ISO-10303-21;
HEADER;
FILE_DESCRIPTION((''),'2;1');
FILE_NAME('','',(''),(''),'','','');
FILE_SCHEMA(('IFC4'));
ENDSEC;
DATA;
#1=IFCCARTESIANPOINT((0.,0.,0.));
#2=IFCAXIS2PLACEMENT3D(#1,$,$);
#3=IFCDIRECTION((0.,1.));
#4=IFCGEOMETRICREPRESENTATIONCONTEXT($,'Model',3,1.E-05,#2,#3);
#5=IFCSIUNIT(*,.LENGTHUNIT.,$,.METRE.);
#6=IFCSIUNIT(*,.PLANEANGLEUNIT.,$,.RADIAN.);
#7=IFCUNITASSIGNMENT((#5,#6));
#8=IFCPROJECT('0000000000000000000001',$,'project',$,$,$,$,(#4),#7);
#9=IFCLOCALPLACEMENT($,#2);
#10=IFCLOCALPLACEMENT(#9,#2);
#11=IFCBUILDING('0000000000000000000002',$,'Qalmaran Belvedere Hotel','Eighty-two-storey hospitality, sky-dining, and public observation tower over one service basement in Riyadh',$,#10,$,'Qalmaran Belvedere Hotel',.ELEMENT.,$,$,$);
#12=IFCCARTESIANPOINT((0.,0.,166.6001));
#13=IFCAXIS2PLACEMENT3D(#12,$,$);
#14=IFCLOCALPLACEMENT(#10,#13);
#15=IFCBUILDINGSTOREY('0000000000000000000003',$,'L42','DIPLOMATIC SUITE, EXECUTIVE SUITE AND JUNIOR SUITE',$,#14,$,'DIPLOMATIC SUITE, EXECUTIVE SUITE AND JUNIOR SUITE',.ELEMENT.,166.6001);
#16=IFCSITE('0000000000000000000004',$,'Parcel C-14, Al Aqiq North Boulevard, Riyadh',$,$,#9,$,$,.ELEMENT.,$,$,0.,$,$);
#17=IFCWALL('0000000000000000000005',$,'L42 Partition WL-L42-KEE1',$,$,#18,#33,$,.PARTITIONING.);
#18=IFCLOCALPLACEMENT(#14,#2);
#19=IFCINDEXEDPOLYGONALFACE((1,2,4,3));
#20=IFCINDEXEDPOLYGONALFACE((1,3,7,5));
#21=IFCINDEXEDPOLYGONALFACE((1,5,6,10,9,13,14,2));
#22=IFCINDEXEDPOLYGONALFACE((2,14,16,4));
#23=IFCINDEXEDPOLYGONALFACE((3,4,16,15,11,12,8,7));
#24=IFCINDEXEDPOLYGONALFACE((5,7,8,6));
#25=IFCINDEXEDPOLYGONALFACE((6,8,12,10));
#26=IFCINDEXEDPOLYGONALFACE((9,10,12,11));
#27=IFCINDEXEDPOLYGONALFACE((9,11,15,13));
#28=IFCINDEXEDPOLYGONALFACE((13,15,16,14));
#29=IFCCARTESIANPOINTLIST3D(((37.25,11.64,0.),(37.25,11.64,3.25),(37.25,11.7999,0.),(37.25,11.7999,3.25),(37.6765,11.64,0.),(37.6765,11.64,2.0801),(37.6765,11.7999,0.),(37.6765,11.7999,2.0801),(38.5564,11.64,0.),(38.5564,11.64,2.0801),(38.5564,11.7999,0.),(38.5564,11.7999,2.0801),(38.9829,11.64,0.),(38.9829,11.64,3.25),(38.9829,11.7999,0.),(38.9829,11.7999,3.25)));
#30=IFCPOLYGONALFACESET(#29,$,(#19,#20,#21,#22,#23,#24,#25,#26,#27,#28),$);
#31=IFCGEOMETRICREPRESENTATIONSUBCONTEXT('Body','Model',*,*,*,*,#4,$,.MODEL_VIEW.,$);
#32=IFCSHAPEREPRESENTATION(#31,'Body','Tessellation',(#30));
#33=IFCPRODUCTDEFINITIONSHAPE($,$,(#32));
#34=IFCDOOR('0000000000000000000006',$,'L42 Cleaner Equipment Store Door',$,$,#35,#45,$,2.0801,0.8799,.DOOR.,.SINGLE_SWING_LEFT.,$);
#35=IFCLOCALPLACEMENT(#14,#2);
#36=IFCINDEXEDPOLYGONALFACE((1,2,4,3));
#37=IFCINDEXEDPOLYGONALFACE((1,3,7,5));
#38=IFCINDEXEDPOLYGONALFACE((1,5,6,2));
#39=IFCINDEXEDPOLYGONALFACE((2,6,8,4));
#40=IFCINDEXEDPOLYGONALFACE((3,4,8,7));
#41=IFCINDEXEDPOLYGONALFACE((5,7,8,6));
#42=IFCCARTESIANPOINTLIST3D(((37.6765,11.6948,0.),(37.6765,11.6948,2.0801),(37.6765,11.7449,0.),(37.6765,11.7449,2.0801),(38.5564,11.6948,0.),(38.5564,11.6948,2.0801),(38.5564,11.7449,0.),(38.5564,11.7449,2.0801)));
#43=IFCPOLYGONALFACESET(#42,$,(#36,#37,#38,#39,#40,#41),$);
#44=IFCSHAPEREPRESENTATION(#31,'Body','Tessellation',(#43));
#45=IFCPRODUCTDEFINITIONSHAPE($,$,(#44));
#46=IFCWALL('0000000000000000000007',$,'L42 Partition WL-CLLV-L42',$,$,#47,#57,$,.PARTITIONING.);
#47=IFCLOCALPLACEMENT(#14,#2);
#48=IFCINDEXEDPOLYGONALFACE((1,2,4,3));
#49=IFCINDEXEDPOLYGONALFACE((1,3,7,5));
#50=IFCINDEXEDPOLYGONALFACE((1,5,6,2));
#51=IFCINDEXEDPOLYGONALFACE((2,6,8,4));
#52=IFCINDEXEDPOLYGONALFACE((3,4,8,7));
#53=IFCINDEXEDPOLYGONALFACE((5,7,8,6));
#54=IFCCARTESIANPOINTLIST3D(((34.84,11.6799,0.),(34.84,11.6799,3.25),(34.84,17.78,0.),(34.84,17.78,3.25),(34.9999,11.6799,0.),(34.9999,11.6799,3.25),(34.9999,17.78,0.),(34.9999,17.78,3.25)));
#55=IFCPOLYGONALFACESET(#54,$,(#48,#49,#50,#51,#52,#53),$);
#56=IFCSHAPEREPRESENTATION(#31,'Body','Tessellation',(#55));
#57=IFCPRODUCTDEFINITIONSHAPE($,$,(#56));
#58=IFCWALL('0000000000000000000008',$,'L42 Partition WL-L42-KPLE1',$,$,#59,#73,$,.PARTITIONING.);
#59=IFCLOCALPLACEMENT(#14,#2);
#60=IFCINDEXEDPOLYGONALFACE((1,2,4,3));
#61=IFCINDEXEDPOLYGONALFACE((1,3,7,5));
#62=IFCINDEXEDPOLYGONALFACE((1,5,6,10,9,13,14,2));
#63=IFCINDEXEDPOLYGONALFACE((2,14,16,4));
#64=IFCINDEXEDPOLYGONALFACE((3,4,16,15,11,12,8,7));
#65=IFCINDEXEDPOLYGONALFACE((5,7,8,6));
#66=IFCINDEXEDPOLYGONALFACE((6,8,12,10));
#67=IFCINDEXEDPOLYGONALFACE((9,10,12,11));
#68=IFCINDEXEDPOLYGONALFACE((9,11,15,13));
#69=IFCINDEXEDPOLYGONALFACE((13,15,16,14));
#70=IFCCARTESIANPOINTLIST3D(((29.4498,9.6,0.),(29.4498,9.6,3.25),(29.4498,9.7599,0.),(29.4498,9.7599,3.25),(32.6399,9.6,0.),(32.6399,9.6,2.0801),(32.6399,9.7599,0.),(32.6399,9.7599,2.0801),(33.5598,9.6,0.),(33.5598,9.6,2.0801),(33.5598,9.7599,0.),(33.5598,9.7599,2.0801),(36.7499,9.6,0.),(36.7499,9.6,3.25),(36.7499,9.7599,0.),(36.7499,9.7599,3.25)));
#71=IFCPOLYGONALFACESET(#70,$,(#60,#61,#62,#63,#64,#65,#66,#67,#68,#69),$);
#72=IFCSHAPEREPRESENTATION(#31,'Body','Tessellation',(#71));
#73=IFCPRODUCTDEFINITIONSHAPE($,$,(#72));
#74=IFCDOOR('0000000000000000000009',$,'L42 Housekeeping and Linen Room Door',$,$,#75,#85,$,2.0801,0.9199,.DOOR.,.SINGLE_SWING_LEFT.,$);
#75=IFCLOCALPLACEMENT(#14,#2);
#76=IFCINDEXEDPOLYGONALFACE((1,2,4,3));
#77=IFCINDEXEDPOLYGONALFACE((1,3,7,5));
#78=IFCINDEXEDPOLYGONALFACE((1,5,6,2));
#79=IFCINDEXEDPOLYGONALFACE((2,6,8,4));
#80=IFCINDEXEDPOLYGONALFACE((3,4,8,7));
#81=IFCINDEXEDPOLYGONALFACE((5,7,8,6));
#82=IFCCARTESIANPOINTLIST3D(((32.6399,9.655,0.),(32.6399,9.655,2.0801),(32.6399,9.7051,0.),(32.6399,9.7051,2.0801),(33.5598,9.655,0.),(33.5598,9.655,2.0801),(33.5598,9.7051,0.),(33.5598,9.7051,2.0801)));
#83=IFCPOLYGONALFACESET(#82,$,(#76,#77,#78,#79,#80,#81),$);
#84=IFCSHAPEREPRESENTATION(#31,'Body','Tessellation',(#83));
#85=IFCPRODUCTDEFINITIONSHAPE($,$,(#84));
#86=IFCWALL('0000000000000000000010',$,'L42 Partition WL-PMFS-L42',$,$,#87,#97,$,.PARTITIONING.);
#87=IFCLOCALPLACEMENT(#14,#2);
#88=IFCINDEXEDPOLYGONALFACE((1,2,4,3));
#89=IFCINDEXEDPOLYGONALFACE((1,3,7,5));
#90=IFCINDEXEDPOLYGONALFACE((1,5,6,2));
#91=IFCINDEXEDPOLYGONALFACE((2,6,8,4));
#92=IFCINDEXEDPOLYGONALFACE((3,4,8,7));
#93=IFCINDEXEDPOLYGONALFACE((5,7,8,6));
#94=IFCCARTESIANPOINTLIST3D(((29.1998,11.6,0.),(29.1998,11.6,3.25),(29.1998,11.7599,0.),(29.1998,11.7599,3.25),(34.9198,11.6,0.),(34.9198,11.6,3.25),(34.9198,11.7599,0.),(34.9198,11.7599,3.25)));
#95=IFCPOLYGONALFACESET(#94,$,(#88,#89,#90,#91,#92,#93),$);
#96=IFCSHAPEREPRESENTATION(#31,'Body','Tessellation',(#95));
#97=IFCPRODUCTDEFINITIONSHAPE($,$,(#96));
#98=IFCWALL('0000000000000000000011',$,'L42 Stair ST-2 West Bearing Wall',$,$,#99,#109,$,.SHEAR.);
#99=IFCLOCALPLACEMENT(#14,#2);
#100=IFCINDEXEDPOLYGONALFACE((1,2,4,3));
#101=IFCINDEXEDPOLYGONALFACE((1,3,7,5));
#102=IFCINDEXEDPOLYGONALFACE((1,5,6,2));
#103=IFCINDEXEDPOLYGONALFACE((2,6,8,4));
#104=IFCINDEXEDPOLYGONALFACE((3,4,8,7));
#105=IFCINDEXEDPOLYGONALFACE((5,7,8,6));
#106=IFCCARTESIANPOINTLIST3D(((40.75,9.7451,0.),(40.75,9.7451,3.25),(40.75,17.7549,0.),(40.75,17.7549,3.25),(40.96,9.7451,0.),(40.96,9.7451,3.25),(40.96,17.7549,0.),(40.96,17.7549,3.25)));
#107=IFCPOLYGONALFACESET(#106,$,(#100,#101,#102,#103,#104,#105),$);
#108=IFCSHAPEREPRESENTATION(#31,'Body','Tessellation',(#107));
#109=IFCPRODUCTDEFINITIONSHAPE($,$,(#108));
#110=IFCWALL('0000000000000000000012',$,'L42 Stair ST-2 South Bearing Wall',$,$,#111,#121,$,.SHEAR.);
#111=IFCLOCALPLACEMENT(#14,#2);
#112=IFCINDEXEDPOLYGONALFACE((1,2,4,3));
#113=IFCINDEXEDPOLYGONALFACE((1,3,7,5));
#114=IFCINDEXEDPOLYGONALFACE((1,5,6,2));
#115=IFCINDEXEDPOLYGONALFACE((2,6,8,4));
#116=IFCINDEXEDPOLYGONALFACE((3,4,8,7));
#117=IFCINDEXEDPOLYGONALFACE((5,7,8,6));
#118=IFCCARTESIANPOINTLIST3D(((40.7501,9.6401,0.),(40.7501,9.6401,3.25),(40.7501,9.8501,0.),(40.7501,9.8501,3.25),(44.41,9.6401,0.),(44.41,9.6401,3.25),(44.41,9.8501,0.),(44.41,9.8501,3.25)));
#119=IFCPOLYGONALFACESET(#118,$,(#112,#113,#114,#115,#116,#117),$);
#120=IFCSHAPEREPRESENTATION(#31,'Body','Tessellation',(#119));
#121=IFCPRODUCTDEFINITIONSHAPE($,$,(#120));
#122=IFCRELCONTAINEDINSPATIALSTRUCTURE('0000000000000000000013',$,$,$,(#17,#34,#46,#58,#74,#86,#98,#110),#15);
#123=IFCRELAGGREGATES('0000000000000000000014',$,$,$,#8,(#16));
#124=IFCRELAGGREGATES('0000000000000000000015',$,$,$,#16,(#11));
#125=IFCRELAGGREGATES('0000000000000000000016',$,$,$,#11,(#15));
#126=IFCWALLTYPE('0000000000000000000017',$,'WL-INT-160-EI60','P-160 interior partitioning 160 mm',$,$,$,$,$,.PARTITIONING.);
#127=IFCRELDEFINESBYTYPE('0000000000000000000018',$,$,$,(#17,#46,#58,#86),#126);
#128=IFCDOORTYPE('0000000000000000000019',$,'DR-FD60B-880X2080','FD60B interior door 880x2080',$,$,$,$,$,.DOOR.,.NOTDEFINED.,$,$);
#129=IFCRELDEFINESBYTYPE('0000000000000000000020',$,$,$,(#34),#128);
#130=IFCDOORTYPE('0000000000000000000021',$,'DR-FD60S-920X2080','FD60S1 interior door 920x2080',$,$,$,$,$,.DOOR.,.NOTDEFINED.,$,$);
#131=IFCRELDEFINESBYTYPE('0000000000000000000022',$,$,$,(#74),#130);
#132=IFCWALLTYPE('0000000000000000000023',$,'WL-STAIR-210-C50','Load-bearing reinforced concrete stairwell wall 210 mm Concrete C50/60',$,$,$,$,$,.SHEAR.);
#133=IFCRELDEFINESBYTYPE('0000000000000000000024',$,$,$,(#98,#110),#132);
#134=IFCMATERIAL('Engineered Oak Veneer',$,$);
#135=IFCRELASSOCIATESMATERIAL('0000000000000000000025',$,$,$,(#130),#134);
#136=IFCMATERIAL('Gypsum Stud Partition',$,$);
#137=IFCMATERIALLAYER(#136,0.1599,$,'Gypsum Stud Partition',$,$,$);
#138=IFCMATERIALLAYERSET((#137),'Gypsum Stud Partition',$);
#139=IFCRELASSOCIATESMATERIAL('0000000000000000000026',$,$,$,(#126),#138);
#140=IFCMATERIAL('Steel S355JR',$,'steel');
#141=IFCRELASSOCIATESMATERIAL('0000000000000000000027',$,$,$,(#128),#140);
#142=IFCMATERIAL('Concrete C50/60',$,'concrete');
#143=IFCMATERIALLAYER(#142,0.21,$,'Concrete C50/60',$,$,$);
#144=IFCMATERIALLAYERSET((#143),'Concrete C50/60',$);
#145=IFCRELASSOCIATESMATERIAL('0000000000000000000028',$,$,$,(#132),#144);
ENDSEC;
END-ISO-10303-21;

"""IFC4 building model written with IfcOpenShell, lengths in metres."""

from ifc_helpers import new_model, si_unit, direction, frame, frame_2d, origin, place, context, subcontext, project, spatial, rectangle, extrude, material, layer, layer_set, type_object, element, fill, save


model = new_model("IFC4")

# Units and contexts
model_context = context("Model", 3, precision=1e-05, world=origin(), true_north=direction((0.0, 1.0)))
body_context = subcontext(model_context, "Body", "Model", "MODEL_VIEW")
ifc_project = project(units=[si_unit("LENGTHUNIT", "METRE"), si_unit("PLANEANGLEUNIT", "RADIAN")], contexts=[model_context])

# Site, building, storey
site_placement = place(None, origin())
site = spatial("IfcSite", under=ifc_project, at=site_placement, Name="Parcel C-14, Al Aqiq North Boulevard, Riyadh", CompositionType="ELEMENT", RefElevation=0.0)
building_placement = place(site_placement, origin())
building = spatial("IfcBuilding", under=site, at=building_placement, Name="Qalmaran Belvedere Hotel", Description="Eighty-two-storey hospitality, sky-dining, and public observation tower over one service basement in Riyadh", LongName="Qalmaran Belvedere Hotel", CompositionType="ELEMENT")
storey_placement = place(building_placement, frame((0.0, 0.0, 166.6001)))
storey = spatial("IfcBuildingStorey", under=building, at=storey_placement, Name="L42", Description="DIPLOMATIC SUITE, EXECUTIVE SUITE AND JUNIOR SUITE", LongName="DIPLOMATIC SUITE, EXECUTIVE SUITE AND JUNIOR SUITE", CompositionType="ELEMENT", Elevation=166.6001)

# Shared definitions
ifc_material_1 = material(Name="Concrete C50/60", Category="concrete")

# Shared definitions
ifc_material_2 = material(Name="Steel S355JR", Category="steel")

# Shared definitions
ifc_material_3 = material(Name="Gypsum Stud Partition")

# Wall, opening, door
ifc_material_4 = material(Name="Engineered Oak Veneer")
door_type_1 = type_object("IfcDoorType", Name="DR-FD60S-920X2080", Description="FD60S1 interior door 920x2080", OperationType="NOTDEFINED", PredefinedType="DOOR", material=ifc_material_4)
ifc_layer_1 = layer(ifc_material_3, 0.1599, Name="Gypsum Stud Partition")
ifc_layer_set_1 = layer_set([ifc_layer_1], Name="Gypsum Stud Partition")
wall_type_1 = type_object("IfcWallType", Name="WL-INT-160-EI60", Description="P-160 interior partitioning 160 mm", PredefinedType="PARTITIONING", material=ifc_layer_set_1)
wall_1_placement = place(storey_placement, frame((37.25, 11.72, 0.0), z_axis=(0.0, 0.0, 1.0), x_axis=(1.0, 0.0, 0.0)))
wall_1 = element("IfcWall", 1, at=wall_1_placement, inside=storey, type_object=wall_type_1, Name="L42 Partition WL-L42-KEE1", PredefinedType="PARTITIONING", context=body_context, shape_type="SweptSolid", body=[
    extrude(rectangle(XDim=1.7329, YDim=0.1599, at=frame_2d((0.8665, 0.0))), origin(), (0.0, 0.0, 1.0), 3.25),
])
opening_1_placement = place(wall_1_placement, frame((0.4265, 0.0, 0.0)))
opening_1 = element("IfcOpeningElement", 2, at=opening_1_placement, cuts=wall_1, PredefinedType="OPENING", context=body_context, shape_type="SweptSolid", body=[
    extrude(rectangle(XDim=0.8799, YDim=2.0801, at=frame_2d((0.4399, 1.04))), frame((0.0, 0.0898, 0.0), z_axis=(0.0, -1.0, 0.0), x_axis=(1.0, 0.0, 0.0)), (0.0, 0.0, 1.0), 0.1799),
])
door_type_2 = type_object("IfcDoorType", Name="DR-FD60B-880X2080", Description="FD60B interior door 880x2080", OperationType="NOTDEFINED", PredefinedType="DOOR", material=ifc_material_2)
door_1_placement = place(opening_1_placement, origin())
door_1 = element("IfcDoor", 3, at=door_1_placement, inside=storey, type_object=door_type_2, Name="L42 Cleaner Equipment Store Door", OperationType="SINGLE_SWING_LEFT", OverallHeight=2.0801, OverallWidth=0.8799, PredefinedType="DOOR", context=body_context, shape_type="SweptSolid", body=[
    extrude(rectangle(XDim=0.8799, YDim=2.0801, at=frame_2d((0.4399, 1.04))), frame((0.0, 0.0249, 0.0), z_axis=(0.0, -1.0, 0.0), x_axis=(1.0, 0.0, 0.0)), (0.0, 0.0, 1.0), 0.05),
])
fill(opening_1, door_1)

# Wall
wall_2_placement = place(storey_placement, frame((34.9199, 11.6799, 0.0), z_axis=(0.0, 0.0, 1.0), x_axis=(0.0, 1.0, 0.0)))
element("IfcWall", 4, at=wall_2_placement, inside=storey, type_object=wall_type_1, Name="L42 Partition WL-CLLV-L42", PredefinedType="PARTITIONING", context=body_context, shape_type="SweptSolid", body=[
    extrude(rectangle(XDim=6.1001, YDim=0.1599, at=frame_2d((3.05, 0.0))), origin(), (0.0, 0.0, 1.0), 3.25),
])

# Wall, opening, door
wall_3_placement = place(storey_placement, frame((29.45, 9.6799, 0.0), z_axis=(0.0, 0.0, 1.0), x_axis=(1.0, 0.0, 0.0)))
wall_3 = element("IfcWall", 5, at=wall_3_placement, inside=storey, type_object=wall_type_1, Name="L42 Partition WL-L42-KPLE1", PredefinedType="PARTITIONING", context=body_context, shape_type="SweptSolid", body=[
    extrude(rectangle(XDim=7.3, YDim=0.1599, at=frame_2d((3.6499, 0.0))), origin(), (0.0, 0.0, 1.0), 3.25),
])
opening_2_placement = place(wall_3_placement, frame((4.1099, 0.0, 0.0), z_axis=(0.0, 0.0, 1.0), x_axis=(-1.0, 0.0, 0.0)))
opening_2 = element("IfcOpeningElement", 6, at=opening_2_placement, cuts=wall_3, PredefinedType="OPENING", context=body_context, shape_type="SweptSolid", body=[
    extrude(rectangle(XDim=0.9199, YDim=2.0801, at=frame_2d((0.46, 1.04))), frame((0.0, 0.0898, 0.0), z_axis=(0.0, -1.0, 0.0), x_axis=(1.0, 0.0, 0.0)), (0.0, 0.0, 1.0), 0.1799),
])
door_2_placement = place(opening_2_placement, origin())
door_2 = element("IfcDoor", 7, at=door_2_placement, inside=storey, type_object=door_type_1, Name="L42 Housekeeping and Linen Room Door", OperationType="SINGLE_SWING_LEFT", OverallHeight=2.0801, OverallWidth=0.9199, PredefinedType="DOOR", context=body_context, shape_type="SweptSolid", body=[
    extrude(rectangle(XDim=0.9199, YDim=2.0801, at=frame_2d((0.46, 1.04))), frame((0.0, 0.0249, 0.0), z_axis=(0.0, -1.0, 0.0), x_axis=(1.0, 0.0, 0.0)), (0.0, 0.0, 1.0), 0.05),
])
fill(opening_2, door_2)

# Walls
wall_4_placement = place(storey_placement, frame((29.2, 11.6799, 0.0), z_axis=(0.0, 0.0, 1.0), x_axis=(1.0, 0.0, 0.0)))
element("IfcWall", 8, at=wall_4_placement, inside=storey, type_object=wall_type_1, Name="L42 Partition WL-PMFS-L42", PredefinedType="PARTITIONING", context=body_context, shape_type="SweptSolid", body=[
    extrude(rectangle(XDim=5.72, YDim=0.1599, at=frame_2d((2.8599, 0.0))), origin(), (0.0, 0.0, 1.0), 3.25),
])
ifc_layer_2 = layer(ifc_material_1, 0.21, Name="Concrete C50/60")
ifc_layer_set_2 = layer_set([ifc_layer_2], Name="Concrete C50/60")
wall_type_2 = type_object("IfcWallType", Name="WL-STAIR-210-C50", Description="Load-bearing reinforced concrete stairwell wall 210 mm Concrete C50/60", PredefinedType="SHEAR", material=ifc_layer_set_2)
wall_5_placement = place(storey_placement, frame((40.855, 9.7451, 0.0), z_axis=(0.0, 0.0, 1.0), x_axis=(0.0, 1.0, 0.0)))
element("IfcWall", 9, at=wall_5_placement, inside=storey, type_object=wall_type_2, Name="L42 Stair ST-2 West Bearing Wall", PredefinedType="SHEAR", context=body_context, shape_type="SweptSolid", body=[
    extrude(rectangle(XDim=8.0098, YDim=0.21, at=frame_2d((4.0049, 0.0))), origin(), (0.0, 0.0, 1.0), 3.25),
])
wall_6_placement = place(storey_placement, frame((40.75, 9.7451, 0.0), z_axis=(0.0, 0.0, 1.0), x_axis=(1.0, 0.0, 0.0)))
element("IfcWall", 10, at=wall_6_placement, inside=storey, type_object=wall_type_2, Name="L42 Stair ST-2 South Bearing Wall", PredefinedType="SHEAR", context=body_context, shape_type="SweptSolid", body=[
    extrude(rectangle(XDim=3.6599, YDim=0.21, at=frame_2d((1.8301, 0.0))), origin(), (0.0, 0.0, 1.0), 3.25),
])

save(model, "model.ifc")
